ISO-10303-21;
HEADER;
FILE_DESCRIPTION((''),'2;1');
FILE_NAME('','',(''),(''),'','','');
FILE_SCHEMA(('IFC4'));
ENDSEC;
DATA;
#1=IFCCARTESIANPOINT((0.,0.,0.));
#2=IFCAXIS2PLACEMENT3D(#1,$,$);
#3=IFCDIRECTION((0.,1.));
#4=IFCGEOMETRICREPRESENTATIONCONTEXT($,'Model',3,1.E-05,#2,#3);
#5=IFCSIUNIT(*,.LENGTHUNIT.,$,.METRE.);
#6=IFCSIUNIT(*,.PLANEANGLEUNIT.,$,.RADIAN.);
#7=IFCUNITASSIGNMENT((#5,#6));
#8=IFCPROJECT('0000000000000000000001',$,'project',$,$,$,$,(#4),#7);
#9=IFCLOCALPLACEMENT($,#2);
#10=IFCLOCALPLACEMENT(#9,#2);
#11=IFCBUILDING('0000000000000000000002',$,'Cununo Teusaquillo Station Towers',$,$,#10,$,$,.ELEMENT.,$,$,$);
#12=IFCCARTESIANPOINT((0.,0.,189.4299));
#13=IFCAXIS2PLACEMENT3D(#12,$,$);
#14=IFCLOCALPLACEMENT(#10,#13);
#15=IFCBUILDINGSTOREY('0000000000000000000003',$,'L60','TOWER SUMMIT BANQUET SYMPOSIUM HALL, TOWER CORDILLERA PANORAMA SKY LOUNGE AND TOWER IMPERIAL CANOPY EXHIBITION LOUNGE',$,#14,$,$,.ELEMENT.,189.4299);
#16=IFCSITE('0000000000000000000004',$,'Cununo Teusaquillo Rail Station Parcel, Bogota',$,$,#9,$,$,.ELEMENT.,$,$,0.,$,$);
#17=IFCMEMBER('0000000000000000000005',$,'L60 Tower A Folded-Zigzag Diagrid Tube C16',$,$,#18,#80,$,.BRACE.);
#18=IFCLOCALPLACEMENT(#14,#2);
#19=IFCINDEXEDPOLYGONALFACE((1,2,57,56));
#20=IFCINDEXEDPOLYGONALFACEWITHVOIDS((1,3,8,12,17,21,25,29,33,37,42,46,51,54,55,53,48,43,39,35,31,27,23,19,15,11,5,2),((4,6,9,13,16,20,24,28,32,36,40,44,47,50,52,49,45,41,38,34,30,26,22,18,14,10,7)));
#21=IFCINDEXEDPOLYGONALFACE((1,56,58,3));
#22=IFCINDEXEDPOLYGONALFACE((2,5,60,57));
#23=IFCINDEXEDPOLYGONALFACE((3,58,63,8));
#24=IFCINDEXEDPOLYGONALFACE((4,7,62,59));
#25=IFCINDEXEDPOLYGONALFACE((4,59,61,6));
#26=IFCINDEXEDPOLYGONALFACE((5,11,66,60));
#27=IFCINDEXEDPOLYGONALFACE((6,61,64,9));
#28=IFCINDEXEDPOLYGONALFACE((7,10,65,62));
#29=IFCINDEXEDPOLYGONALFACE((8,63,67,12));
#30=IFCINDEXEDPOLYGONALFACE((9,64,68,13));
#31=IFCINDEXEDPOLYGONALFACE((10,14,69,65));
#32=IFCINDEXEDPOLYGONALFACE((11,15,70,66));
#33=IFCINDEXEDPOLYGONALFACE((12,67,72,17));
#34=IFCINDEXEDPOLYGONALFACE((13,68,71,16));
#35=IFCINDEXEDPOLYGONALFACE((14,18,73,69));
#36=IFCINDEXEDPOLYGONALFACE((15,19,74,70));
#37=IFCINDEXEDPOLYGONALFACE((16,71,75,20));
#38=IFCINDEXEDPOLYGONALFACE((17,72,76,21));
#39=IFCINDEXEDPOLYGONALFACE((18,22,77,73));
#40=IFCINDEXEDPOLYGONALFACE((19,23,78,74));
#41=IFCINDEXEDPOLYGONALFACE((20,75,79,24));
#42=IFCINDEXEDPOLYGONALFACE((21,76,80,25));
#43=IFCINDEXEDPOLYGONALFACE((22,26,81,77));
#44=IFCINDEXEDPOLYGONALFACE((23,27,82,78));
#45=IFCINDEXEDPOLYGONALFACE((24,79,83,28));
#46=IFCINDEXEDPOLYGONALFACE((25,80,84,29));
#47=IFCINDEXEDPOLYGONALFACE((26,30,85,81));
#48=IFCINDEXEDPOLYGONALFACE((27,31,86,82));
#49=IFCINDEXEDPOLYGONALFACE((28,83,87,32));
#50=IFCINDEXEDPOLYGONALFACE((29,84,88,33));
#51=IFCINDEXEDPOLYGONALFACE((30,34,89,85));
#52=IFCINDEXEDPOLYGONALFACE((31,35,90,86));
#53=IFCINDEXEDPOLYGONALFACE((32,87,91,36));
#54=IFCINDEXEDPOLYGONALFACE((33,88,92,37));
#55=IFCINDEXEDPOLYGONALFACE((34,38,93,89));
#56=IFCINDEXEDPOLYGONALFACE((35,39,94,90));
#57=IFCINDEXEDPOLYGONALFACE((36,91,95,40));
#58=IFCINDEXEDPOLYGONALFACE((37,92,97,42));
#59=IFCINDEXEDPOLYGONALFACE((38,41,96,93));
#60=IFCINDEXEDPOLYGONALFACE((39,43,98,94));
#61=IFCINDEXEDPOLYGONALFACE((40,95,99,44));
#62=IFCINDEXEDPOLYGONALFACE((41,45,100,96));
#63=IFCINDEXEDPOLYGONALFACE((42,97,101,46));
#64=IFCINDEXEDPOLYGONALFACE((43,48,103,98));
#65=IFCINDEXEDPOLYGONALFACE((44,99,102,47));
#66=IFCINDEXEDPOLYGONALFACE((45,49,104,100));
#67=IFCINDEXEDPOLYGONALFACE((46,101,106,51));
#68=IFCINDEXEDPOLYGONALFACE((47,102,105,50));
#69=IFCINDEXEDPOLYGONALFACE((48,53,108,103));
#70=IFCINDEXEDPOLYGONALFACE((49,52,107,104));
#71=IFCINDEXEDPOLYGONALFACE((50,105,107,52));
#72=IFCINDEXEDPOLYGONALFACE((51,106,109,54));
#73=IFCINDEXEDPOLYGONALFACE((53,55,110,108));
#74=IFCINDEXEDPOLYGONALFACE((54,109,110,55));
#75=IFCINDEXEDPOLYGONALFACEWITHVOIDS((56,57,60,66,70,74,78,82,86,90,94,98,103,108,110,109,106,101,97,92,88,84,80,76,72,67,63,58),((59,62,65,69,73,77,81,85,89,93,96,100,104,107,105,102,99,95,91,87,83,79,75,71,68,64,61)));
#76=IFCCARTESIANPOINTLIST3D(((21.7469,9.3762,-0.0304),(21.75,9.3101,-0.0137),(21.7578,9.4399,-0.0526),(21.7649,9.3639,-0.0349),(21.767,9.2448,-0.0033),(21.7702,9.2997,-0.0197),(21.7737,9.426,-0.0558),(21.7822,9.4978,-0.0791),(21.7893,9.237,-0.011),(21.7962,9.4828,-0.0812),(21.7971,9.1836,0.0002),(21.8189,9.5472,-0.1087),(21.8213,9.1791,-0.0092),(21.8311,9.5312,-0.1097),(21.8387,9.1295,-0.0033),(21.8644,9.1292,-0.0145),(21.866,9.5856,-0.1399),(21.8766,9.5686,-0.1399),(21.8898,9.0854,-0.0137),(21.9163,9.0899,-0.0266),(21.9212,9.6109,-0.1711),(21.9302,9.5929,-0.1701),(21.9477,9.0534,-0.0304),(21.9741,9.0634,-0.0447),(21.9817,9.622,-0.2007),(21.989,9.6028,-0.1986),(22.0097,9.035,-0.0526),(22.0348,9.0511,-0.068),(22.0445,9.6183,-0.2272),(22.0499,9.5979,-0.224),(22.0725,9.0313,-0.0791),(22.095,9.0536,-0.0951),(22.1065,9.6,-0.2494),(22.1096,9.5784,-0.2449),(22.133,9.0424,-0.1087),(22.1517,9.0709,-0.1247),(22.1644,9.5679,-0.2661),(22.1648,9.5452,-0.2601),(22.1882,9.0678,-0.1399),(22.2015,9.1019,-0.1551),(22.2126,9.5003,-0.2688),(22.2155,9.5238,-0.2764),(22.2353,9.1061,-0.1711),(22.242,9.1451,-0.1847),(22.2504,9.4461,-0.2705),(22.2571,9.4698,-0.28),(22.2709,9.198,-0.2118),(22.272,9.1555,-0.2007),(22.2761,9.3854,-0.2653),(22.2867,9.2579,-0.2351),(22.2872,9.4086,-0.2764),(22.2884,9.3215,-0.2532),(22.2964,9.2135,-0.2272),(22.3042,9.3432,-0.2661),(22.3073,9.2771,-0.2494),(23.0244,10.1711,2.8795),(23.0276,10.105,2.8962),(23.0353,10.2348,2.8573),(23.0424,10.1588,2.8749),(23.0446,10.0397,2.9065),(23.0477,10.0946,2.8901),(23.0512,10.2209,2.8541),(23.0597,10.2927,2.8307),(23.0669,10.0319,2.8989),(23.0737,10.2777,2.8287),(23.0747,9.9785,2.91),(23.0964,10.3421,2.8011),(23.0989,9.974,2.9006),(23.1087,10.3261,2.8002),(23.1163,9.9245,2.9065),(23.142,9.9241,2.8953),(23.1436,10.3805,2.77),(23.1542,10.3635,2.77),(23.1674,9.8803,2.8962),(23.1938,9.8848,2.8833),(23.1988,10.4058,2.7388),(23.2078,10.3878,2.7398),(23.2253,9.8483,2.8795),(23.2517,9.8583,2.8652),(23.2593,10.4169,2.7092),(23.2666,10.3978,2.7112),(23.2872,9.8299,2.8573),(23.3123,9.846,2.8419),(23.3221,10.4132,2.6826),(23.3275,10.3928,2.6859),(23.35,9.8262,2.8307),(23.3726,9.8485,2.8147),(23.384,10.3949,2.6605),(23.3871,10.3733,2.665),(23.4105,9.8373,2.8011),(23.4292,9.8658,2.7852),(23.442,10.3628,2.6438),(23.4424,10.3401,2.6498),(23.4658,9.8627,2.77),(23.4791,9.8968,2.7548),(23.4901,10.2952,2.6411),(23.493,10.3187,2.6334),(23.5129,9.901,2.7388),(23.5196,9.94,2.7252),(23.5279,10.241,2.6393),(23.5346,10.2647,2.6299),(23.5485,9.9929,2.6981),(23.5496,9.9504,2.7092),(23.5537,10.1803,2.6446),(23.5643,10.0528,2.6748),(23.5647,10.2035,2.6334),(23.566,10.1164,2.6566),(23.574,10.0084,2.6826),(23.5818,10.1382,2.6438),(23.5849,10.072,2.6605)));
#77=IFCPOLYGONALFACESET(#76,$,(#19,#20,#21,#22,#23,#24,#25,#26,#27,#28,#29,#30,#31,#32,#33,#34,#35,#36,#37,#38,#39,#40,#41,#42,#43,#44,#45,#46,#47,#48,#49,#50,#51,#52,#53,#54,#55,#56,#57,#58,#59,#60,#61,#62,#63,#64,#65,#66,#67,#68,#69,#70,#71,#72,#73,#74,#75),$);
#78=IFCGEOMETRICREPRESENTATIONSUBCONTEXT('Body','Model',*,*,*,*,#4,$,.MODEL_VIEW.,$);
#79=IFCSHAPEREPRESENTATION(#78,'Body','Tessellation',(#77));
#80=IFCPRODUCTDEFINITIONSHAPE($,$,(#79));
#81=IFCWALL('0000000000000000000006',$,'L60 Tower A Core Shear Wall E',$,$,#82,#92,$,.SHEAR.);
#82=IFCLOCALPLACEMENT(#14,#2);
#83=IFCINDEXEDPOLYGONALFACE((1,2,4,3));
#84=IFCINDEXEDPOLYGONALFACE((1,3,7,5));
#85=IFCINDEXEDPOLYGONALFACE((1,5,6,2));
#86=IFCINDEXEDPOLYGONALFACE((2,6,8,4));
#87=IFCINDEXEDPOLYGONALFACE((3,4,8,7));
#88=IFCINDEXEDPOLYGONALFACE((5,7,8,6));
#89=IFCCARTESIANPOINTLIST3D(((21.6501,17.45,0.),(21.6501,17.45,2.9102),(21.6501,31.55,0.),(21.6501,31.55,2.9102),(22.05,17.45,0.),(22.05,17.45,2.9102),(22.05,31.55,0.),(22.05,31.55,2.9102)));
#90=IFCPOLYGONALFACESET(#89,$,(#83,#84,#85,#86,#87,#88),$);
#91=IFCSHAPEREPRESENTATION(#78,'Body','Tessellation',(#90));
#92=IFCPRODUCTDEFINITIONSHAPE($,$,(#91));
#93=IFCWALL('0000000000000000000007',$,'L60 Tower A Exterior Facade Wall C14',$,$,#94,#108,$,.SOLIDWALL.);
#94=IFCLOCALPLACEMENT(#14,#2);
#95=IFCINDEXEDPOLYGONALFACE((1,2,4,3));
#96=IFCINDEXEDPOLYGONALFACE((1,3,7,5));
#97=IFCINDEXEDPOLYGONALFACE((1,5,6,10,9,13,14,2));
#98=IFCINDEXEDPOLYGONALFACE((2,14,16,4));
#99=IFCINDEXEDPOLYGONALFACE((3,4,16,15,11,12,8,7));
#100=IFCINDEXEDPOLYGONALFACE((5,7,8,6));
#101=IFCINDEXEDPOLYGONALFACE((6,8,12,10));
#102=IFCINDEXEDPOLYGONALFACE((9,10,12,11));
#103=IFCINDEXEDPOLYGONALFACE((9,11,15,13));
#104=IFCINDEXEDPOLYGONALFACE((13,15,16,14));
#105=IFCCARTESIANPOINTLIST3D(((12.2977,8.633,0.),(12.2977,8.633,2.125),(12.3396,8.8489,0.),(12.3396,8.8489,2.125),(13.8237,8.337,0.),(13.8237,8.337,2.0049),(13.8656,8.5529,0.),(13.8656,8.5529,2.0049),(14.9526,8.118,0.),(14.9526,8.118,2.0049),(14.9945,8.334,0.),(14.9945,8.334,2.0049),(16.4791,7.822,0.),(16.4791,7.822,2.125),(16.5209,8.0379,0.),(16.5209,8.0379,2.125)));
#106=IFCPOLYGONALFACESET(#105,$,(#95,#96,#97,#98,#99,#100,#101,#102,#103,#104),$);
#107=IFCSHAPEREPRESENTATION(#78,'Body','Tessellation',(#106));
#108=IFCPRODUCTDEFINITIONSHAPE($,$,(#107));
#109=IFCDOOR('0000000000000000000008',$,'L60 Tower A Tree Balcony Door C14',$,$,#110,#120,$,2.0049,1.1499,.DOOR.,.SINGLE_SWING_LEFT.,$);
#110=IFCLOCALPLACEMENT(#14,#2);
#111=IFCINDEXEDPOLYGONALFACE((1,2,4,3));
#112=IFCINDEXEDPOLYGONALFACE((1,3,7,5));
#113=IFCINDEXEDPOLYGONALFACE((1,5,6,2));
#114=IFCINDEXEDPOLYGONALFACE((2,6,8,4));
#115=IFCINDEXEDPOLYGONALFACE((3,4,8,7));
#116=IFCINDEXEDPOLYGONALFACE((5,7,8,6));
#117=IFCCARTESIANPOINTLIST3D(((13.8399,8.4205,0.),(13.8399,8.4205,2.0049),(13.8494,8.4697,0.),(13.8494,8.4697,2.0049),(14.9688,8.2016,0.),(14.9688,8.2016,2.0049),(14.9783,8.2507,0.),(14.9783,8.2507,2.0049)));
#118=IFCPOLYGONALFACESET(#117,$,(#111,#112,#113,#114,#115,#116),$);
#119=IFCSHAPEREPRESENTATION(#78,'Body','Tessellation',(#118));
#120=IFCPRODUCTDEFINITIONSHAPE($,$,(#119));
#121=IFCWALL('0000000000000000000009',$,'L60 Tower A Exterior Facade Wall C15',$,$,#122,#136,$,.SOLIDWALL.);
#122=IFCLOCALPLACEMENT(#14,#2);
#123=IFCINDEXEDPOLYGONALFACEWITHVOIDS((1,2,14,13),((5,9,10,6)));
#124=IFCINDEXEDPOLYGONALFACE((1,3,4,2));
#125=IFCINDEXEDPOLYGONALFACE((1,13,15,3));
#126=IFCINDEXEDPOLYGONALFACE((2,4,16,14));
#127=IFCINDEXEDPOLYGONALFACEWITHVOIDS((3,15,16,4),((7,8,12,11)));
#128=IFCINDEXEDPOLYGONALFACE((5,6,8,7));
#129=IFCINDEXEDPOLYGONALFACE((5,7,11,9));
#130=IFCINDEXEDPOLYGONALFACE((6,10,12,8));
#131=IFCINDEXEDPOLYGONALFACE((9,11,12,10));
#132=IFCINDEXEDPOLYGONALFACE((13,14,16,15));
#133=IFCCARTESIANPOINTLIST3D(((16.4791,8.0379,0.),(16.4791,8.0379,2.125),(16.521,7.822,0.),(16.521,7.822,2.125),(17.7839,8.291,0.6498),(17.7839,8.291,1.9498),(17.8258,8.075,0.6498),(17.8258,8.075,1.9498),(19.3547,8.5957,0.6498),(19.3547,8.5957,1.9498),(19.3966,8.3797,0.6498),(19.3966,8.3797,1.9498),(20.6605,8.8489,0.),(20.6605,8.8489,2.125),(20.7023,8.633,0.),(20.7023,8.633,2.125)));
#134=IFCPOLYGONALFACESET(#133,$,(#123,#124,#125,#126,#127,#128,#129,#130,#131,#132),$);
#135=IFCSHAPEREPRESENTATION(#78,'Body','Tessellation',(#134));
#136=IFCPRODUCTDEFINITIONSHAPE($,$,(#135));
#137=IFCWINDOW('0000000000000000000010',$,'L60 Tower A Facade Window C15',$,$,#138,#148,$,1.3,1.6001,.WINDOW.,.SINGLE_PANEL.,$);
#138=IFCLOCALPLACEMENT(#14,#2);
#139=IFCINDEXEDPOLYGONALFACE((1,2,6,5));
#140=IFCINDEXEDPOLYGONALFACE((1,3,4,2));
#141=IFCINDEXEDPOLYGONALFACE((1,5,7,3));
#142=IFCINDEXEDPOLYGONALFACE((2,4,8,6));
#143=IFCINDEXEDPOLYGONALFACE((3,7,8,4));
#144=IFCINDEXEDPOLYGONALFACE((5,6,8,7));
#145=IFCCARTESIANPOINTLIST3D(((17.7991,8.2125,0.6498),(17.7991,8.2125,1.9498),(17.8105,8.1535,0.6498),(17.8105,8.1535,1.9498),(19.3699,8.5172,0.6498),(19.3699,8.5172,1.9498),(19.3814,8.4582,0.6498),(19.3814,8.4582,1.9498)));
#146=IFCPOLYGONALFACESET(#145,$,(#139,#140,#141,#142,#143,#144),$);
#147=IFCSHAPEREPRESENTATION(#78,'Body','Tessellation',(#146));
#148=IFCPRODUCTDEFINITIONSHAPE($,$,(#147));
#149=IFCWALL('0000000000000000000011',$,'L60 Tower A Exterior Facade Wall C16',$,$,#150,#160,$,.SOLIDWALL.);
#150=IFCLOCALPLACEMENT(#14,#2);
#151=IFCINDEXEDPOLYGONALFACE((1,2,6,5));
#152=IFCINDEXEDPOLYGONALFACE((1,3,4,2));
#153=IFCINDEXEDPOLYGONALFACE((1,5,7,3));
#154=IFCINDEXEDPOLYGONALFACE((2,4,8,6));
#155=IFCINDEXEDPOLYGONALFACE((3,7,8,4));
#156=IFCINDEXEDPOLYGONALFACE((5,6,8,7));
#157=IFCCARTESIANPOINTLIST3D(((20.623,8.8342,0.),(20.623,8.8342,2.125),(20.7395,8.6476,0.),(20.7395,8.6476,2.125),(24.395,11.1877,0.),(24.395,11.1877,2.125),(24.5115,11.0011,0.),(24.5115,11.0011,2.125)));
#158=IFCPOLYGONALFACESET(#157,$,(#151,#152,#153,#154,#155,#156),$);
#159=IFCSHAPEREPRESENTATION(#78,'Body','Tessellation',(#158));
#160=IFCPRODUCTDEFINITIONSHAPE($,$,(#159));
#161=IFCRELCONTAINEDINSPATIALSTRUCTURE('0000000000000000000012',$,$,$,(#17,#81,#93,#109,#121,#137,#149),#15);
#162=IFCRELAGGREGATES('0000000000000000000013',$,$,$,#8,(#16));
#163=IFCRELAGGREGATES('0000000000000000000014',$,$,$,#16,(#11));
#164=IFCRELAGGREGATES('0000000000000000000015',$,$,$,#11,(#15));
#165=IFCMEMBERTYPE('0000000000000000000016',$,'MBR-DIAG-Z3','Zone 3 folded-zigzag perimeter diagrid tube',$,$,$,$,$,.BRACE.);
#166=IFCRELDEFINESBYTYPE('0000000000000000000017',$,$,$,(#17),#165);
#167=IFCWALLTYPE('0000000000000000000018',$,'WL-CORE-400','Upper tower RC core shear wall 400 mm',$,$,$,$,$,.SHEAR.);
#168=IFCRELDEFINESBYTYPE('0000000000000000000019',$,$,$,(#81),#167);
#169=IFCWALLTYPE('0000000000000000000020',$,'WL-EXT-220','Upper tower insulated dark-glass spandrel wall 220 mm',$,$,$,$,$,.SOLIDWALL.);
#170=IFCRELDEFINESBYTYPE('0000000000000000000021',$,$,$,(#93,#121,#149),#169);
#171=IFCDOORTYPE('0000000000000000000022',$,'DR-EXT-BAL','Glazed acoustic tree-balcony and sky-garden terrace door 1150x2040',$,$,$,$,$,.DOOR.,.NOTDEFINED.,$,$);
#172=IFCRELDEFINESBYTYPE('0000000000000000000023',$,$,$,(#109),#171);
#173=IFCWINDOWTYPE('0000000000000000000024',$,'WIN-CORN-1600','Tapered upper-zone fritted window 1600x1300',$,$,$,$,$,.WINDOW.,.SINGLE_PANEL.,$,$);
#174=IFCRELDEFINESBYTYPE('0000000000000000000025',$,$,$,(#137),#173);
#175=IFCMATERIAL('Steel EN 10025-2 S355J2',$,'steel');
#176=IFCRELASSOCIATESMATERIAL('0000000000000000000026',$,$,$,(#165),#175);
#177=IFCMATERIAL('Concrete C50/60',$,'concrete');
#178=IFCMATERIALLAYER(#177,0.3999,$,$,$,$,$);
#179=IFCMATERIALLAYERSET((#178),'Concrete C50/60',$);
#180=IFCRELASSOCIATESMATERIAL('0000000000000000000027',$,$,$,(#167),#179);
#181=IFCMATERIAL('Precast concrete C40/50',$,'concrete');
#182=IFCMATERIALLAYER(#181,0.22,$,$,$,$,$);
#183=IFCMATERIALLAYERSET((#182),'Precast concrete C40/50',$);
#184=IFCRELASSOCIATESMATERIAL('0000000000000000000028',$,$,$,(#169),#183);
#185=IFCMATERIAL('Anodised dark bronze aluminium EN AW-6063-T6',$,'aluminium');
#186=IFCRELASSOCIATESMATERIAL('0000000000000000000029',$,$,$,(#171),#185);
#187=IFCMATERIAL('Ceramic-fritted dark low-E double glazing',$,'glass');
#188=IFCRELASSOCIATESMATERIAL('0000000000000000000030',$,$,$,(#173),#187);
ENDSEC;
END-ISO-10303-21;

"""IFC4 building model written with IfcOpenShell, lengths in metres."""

from ifc_helpers import new_model, si_unit, direction, frame, frame_2d, origin, origin_2d, place, context, subcontext, project, spatial, rectangle, hollow_circle, extrude, source, transform, mapped, material, layer, layer_set, material_profile, profile_set, type_object, element, fill, save


model = new_model("IFC4")

# Units and contexts
model_context = context("Model", 3, precision=1e-05, world=origin(), true_north=direction((0.0, 1.0)))
body_context = subcontext(model_context, "Body", "Model", "MODEL_VIEW")
ifc_project = project(units=[si_unit("LENGTHUNIT", "METRE"), si_unit("PLANEANGLEUNIT", "RADIAN")], contexts=[model_context])

# Site, building, storey
site_placement = place(None, origin())
site = spatial("IfcSite", under=ifc_project, at=site_placement, Name="Cununo Teusaquillo Rail Station Parcel, Bogota", CompositionType="ELEMENT", RefElevation=0.0)
building_placement = place(site_placement, origin())
building = spatial("IfcBuilding", under=site, at=building_placement, Name="Cununo Teusaquillo Station Towers", CompositionType="ELEMENT")
storey_placement = place(building_placement, frame((0.0, 0.0, 189.4299)))
storey = spatial("IfcBuildingStorey", under=building, at=storey_placement, Name="L60", Description="TOWER SUMMIT BANQUET SYMPOSIUM HALL, TOWER CORDILLERA PANORAMA SKY LOUNGE AND TOWER IMPERIAL CANOPY EXHIBITION LOUNGE", CompositionType="ELEMENT", Elevation=189.4299)

# Member
ifc_material_1 = material(Name="Steel EN 10025-2 S355J2", Category="steel")
ifc_material_profile_1 = material_profile(ifc_material_1, hollow_circle(Radius=0.3049, WallThickness=0.02, at=origin_2d()), Name="CHS 610x20")
ifc_profile_set_1 = profile_set([ifc_material_profile_1], Name="Steel EN 10025-2 S355J2")
member_type = type_object("IfcMemberType", Name="MBR-DIAG-Z3", Description="Zone 3 folded-zigzag perimeter diagrid tube", PredefinedType="BRACE", material=ifc_profile_set_1)
member_placement = place(storey_placement, frame((22.0271, 9.3267, -0.1399), z_axis=(0.389992, 0.242655, 0.88827), x_axis=(-0.528291, 0.849063, 0.0)))
element("IfcMember", 1, at=member_placement, inside=storey, type_object=member_type, Name="L60 Tower A Folded-Zigzag Diagrid Tube C16", PredefinedType="BRACE", context=body_context, shape_type="SweptSolid", body=[
    extrude(hollow_circle(Radius=0.3049, WallThickness=0.02, at=origin_2d()), origin(), (0.0, 0.0, 1.0), 3.2759),
])

# Wall
ifc_material_2 = material(Name="Concrete C50/60", Category="concrete")
ifc_layer_1 = layer(ifc_material_2, 0.3999)
ifc_layer_set_1 = layer_set([ifc_layer_1], Name="Concrete C50/60")
wall_type_1 = type_object("IfcWallType", Name="WL-CORE-400", Description="Upper tower RC core shear wall 400 mm", PredefinedType="SHEAR", material=ifc_layer_set_1)
wall_1_placement = place(storey_placement, frame((21.8501, 17.45, 0.0), z_axis=(0.0, 0.0, 1.0), x_axis=(0.0, 1.0, 0.0)))
element("IfcWall", 2, at=wall_1_placement, inside=storey, type_object=wall_type_1, Name="L60 Tower A Core Shear Wall E", PredefinedType="SHEAR", context=body_context, shape_type="SweptSolid", body=[
    extrude(rectangle(XDim=14.1001, YDim=0.3999, at=frame_2d((7.05, 0.0))), origin(), (0.0, 0.0, 1.0), 2.9102),
])

# Wall, opening, door
ifc_material_3 = material(Name="Precast concrete C40/50", Category="concrete")
ifc_layer_2 = layer(ifc_material_3, 0.22)
ifc_layer_set_2 = layer_set([ifc_layer_2], Name="Precast concrete C40/50")
wall_type_2 = type_object("IfcWallType", Name="WL-EXT-220", Description="Upper tower insulated dark-glass spandrel wall 220 mm", PredefinedType="SOLIDWALL", material=ifc_layer_set_2)
wall_2_placement = place(storey_placement, frame((16.5, 7.9299, 0.0), z_axis=(0.0, 0.0, 1.0), x_axis=(-0.981704, 0.190414, 0.0)))
wall_2 = element("IfcWall", 3, at=wall_2_placement, inside=storey, type_object=wall_type_2, Name="L60 Tower A Exterior Facade Wall C14", PredefinedType="SOLIDWALL", context=body_context, shape_type="SweptSolid", body=[
    extrude(rectangle(XDim=4.2593, YDim=0.22, at=frame_2d((2.1296, 0.0))), origin(), (0.0, 0.0, 1.0), 2.125),
])
shared_shape_1 = source(origin(), body_context, "Body", "SweptSolid", [
    extrude(rectangle(XDim=1.1499, YDim=2.0049, at=frame_2d((0.575, 1.0024))), frame((0.0, 0.1199, 0.0), z_axis=(0.0, -1.0, 0.0), x_axis=(1.0, 0.0, 0.0)), (0.0, 0.0, 1.0), 0.24),
])
opening_1_placement = place(wall_2_placement, frame((1.5549, 0.0, 0.0)))
opening_1 = element("IfcOpeningElement", 4, at=opening_1_placement, cuts=wall_2, PredefinedType="OPENING", context=body_context, shape_type="MappedRepresentation", body=[
    mapped(shared_shape_1, transform((0.0, 0.0, 0.0), x_axis=(1.0, 0.0, 0.0), y_axis=(0.0, 1.0, 0.0), z_axis=(0.0, 0.0, 1.0), scale=1.0)),
])
ifc_material_4 = material(Name="Anodised dark bronze aluminium EN AW-6063-T6", Category="aluminium")
door_type_1 = type_object("IfcDoorType", Name="DR-EXT-BAL", Description="Glazed acoustic tree-balcony and sky-garden terrace door 1150x2040", OperationType="NOTDEFINED", PredefinedType="DOOR", material=ifc_material_4)
shared_shape_2 = source(origin(), body_context, "Body", "SweptSolid", [
    extrude(rectangle(XDim=1.1499, YDim=2.0049, at=frame_2d((0.575, 1.0024))), frame((0.0, 0.0249, 0.0), z_axis=(0.0, -1.0, 0.0), x_axis=(1.0, 0.0, 0.0)), (0.0, 0.0, 1.0), 0.05),
])
door_1_placement = place(opening_1_placement, origin())
door_1 = element("IfcDoor", 5, at=door_1_placement, inside=storey, type_object=door_type_1, Name="L60 Tower A Tree Balcony Door C14", OperationType="SINGLE_SWING_LEFT", OverallHeight=2.0049, OverallWidth=1.1499, PredefinedType="DOOR", context=body_context, shape_type="MappedRepresentation", body=[
    mapped(shared_shape_2, transform((0.0, 0.0, 0.0), x_axis=(1.0, 0.0, 0.0), y_axis=(0.0, 1.0, 0.0), z_axis=(0.0, 0.0, 1.0), scale=1.0)),
])
fill(opening_1, door_1)

# Wall, opening, window
wall_3_placement = place(storey_placement, frame((20.6814, 8.741, 0.0), z_axis=(0.0, 0.0, 1.0), x_axis=(-0.981704, -0.190414, 0.0)))
wall_3 = element("IfcWall", 6, at=wall_3_placement, inside=storey, type_object=wall_type_2, Name="L60 Tower A Exterior Facade Wall C15", PredefinedType="SOLIDWALL", context=body_context, shape_type="SweptSolid", body=[
    extrude(rectangle(XDim=4.2593, YDim=0.22, at=frame_2d((2.1296, 0.0))), origin(), (0.0, 0.0, 1.0), 2.125),
])
shared_shape_3 = source(origin(), body_context, "Body", "SweptSolid", [
    extrude(rectangle(XDim=1.6001, YDim=1.3, at=frame_2d((0.8, 0.6499))), frame((0.0, 0.1199, 0.0), z_axis=(0.0, -1.0, 0.0), x_axis=(1.0, 0.0, 0.0)), (0.0, 0.0, 1.0), 0.24),
])
opening_2_placement = place(wall_3_placement, frame((1.3301, 0.0, 0.6499)))
opening_2 = element("IfcOpeningElement", 7, at=opening_2_placement, cuts=wall_3, PredefinedType="OPENING", context=body_context, shape_type="MappedRepresentation", body=[
    mapped(shared_shape_3, transform((0.0, 0.0, 0.0), x_axis=(1.0, 0.0, 0.0), y_axis=(0.0, 1.0, 0.0), z_axis=(0.0, 0.0, 1.0), scale=1.0)),
])
ifc_material_5 = material(Name="Ceramic-fritted dark low-E double glazing", Category="glass")
window_type = type_object("IfcWindowType", Name="WIN-CORN-1600", Description="Tapered upper-zone fritted window 1600x1300", PartitioningType="SINGLE_PANEL", PredefinedType="WINDOW", material=ifc_material_5)
shared_shape_4 = source(origin(), body_context, "Body", "SweptSolid", [
    extrude(rectangle(XDim=1.6001, YDim=1.3, at=frame_2d((0.8, 0.6499))), frame((0.0, 0.03, 0.0), z_axis=(0.0, -1.0, 0.0), x_axis=(1.0, 0.0, 0.0)), (0.0, 0.0, 1.0), 0.0601),
])
window_1_placement = place(opening_2_placement, origin())
window_1 = element("IfcWindow", 8, at=window_1_placement, inside=storey, type_object=window_type, Name="L60 Tower A Facade Window C15", OverallHeight=1.3, OverallWidth=1.6001, PartitioningType="SINGLE_PANEL", PredefinedType="WINDOW", context=body_context, shape_type="MappedRepresentation", body=[
    mapped(shared_shape_4, transform((0.0, 0.0, 0.0), x_axis=(1.0, 0.0, 0.0), y_axis=(0.0, 1.0, 0.0), z_axis=(0.0, 0.0, 1.0), scale=1.0)),
])
fill(opening_2, window_1)

# Wall
wall_4_placement = place(storey_placement, frame((24.4534, 11.0945, 0.0), z_axis=(0.0, 0.0, 1.0), x_axis=(-0.848399, -0.529357, 0.0)))
element("IfcWall", 9, at=wall_4_placement, inside=storey, type_object=wall_type_2, Name="L60 Tower A Exterior Facade Wall C16", PredefinedType="SOLIDWALL", context=body_context, shape_type="SweptSolid", body=[
    extrude(rectangle(XDim=4.446, YDim=0.22, at=frame_2d((2.2231, 0.0))), origin(), (0.0, 0.0, 1.0), 2.125),
])

save(model, "model.ifc")
